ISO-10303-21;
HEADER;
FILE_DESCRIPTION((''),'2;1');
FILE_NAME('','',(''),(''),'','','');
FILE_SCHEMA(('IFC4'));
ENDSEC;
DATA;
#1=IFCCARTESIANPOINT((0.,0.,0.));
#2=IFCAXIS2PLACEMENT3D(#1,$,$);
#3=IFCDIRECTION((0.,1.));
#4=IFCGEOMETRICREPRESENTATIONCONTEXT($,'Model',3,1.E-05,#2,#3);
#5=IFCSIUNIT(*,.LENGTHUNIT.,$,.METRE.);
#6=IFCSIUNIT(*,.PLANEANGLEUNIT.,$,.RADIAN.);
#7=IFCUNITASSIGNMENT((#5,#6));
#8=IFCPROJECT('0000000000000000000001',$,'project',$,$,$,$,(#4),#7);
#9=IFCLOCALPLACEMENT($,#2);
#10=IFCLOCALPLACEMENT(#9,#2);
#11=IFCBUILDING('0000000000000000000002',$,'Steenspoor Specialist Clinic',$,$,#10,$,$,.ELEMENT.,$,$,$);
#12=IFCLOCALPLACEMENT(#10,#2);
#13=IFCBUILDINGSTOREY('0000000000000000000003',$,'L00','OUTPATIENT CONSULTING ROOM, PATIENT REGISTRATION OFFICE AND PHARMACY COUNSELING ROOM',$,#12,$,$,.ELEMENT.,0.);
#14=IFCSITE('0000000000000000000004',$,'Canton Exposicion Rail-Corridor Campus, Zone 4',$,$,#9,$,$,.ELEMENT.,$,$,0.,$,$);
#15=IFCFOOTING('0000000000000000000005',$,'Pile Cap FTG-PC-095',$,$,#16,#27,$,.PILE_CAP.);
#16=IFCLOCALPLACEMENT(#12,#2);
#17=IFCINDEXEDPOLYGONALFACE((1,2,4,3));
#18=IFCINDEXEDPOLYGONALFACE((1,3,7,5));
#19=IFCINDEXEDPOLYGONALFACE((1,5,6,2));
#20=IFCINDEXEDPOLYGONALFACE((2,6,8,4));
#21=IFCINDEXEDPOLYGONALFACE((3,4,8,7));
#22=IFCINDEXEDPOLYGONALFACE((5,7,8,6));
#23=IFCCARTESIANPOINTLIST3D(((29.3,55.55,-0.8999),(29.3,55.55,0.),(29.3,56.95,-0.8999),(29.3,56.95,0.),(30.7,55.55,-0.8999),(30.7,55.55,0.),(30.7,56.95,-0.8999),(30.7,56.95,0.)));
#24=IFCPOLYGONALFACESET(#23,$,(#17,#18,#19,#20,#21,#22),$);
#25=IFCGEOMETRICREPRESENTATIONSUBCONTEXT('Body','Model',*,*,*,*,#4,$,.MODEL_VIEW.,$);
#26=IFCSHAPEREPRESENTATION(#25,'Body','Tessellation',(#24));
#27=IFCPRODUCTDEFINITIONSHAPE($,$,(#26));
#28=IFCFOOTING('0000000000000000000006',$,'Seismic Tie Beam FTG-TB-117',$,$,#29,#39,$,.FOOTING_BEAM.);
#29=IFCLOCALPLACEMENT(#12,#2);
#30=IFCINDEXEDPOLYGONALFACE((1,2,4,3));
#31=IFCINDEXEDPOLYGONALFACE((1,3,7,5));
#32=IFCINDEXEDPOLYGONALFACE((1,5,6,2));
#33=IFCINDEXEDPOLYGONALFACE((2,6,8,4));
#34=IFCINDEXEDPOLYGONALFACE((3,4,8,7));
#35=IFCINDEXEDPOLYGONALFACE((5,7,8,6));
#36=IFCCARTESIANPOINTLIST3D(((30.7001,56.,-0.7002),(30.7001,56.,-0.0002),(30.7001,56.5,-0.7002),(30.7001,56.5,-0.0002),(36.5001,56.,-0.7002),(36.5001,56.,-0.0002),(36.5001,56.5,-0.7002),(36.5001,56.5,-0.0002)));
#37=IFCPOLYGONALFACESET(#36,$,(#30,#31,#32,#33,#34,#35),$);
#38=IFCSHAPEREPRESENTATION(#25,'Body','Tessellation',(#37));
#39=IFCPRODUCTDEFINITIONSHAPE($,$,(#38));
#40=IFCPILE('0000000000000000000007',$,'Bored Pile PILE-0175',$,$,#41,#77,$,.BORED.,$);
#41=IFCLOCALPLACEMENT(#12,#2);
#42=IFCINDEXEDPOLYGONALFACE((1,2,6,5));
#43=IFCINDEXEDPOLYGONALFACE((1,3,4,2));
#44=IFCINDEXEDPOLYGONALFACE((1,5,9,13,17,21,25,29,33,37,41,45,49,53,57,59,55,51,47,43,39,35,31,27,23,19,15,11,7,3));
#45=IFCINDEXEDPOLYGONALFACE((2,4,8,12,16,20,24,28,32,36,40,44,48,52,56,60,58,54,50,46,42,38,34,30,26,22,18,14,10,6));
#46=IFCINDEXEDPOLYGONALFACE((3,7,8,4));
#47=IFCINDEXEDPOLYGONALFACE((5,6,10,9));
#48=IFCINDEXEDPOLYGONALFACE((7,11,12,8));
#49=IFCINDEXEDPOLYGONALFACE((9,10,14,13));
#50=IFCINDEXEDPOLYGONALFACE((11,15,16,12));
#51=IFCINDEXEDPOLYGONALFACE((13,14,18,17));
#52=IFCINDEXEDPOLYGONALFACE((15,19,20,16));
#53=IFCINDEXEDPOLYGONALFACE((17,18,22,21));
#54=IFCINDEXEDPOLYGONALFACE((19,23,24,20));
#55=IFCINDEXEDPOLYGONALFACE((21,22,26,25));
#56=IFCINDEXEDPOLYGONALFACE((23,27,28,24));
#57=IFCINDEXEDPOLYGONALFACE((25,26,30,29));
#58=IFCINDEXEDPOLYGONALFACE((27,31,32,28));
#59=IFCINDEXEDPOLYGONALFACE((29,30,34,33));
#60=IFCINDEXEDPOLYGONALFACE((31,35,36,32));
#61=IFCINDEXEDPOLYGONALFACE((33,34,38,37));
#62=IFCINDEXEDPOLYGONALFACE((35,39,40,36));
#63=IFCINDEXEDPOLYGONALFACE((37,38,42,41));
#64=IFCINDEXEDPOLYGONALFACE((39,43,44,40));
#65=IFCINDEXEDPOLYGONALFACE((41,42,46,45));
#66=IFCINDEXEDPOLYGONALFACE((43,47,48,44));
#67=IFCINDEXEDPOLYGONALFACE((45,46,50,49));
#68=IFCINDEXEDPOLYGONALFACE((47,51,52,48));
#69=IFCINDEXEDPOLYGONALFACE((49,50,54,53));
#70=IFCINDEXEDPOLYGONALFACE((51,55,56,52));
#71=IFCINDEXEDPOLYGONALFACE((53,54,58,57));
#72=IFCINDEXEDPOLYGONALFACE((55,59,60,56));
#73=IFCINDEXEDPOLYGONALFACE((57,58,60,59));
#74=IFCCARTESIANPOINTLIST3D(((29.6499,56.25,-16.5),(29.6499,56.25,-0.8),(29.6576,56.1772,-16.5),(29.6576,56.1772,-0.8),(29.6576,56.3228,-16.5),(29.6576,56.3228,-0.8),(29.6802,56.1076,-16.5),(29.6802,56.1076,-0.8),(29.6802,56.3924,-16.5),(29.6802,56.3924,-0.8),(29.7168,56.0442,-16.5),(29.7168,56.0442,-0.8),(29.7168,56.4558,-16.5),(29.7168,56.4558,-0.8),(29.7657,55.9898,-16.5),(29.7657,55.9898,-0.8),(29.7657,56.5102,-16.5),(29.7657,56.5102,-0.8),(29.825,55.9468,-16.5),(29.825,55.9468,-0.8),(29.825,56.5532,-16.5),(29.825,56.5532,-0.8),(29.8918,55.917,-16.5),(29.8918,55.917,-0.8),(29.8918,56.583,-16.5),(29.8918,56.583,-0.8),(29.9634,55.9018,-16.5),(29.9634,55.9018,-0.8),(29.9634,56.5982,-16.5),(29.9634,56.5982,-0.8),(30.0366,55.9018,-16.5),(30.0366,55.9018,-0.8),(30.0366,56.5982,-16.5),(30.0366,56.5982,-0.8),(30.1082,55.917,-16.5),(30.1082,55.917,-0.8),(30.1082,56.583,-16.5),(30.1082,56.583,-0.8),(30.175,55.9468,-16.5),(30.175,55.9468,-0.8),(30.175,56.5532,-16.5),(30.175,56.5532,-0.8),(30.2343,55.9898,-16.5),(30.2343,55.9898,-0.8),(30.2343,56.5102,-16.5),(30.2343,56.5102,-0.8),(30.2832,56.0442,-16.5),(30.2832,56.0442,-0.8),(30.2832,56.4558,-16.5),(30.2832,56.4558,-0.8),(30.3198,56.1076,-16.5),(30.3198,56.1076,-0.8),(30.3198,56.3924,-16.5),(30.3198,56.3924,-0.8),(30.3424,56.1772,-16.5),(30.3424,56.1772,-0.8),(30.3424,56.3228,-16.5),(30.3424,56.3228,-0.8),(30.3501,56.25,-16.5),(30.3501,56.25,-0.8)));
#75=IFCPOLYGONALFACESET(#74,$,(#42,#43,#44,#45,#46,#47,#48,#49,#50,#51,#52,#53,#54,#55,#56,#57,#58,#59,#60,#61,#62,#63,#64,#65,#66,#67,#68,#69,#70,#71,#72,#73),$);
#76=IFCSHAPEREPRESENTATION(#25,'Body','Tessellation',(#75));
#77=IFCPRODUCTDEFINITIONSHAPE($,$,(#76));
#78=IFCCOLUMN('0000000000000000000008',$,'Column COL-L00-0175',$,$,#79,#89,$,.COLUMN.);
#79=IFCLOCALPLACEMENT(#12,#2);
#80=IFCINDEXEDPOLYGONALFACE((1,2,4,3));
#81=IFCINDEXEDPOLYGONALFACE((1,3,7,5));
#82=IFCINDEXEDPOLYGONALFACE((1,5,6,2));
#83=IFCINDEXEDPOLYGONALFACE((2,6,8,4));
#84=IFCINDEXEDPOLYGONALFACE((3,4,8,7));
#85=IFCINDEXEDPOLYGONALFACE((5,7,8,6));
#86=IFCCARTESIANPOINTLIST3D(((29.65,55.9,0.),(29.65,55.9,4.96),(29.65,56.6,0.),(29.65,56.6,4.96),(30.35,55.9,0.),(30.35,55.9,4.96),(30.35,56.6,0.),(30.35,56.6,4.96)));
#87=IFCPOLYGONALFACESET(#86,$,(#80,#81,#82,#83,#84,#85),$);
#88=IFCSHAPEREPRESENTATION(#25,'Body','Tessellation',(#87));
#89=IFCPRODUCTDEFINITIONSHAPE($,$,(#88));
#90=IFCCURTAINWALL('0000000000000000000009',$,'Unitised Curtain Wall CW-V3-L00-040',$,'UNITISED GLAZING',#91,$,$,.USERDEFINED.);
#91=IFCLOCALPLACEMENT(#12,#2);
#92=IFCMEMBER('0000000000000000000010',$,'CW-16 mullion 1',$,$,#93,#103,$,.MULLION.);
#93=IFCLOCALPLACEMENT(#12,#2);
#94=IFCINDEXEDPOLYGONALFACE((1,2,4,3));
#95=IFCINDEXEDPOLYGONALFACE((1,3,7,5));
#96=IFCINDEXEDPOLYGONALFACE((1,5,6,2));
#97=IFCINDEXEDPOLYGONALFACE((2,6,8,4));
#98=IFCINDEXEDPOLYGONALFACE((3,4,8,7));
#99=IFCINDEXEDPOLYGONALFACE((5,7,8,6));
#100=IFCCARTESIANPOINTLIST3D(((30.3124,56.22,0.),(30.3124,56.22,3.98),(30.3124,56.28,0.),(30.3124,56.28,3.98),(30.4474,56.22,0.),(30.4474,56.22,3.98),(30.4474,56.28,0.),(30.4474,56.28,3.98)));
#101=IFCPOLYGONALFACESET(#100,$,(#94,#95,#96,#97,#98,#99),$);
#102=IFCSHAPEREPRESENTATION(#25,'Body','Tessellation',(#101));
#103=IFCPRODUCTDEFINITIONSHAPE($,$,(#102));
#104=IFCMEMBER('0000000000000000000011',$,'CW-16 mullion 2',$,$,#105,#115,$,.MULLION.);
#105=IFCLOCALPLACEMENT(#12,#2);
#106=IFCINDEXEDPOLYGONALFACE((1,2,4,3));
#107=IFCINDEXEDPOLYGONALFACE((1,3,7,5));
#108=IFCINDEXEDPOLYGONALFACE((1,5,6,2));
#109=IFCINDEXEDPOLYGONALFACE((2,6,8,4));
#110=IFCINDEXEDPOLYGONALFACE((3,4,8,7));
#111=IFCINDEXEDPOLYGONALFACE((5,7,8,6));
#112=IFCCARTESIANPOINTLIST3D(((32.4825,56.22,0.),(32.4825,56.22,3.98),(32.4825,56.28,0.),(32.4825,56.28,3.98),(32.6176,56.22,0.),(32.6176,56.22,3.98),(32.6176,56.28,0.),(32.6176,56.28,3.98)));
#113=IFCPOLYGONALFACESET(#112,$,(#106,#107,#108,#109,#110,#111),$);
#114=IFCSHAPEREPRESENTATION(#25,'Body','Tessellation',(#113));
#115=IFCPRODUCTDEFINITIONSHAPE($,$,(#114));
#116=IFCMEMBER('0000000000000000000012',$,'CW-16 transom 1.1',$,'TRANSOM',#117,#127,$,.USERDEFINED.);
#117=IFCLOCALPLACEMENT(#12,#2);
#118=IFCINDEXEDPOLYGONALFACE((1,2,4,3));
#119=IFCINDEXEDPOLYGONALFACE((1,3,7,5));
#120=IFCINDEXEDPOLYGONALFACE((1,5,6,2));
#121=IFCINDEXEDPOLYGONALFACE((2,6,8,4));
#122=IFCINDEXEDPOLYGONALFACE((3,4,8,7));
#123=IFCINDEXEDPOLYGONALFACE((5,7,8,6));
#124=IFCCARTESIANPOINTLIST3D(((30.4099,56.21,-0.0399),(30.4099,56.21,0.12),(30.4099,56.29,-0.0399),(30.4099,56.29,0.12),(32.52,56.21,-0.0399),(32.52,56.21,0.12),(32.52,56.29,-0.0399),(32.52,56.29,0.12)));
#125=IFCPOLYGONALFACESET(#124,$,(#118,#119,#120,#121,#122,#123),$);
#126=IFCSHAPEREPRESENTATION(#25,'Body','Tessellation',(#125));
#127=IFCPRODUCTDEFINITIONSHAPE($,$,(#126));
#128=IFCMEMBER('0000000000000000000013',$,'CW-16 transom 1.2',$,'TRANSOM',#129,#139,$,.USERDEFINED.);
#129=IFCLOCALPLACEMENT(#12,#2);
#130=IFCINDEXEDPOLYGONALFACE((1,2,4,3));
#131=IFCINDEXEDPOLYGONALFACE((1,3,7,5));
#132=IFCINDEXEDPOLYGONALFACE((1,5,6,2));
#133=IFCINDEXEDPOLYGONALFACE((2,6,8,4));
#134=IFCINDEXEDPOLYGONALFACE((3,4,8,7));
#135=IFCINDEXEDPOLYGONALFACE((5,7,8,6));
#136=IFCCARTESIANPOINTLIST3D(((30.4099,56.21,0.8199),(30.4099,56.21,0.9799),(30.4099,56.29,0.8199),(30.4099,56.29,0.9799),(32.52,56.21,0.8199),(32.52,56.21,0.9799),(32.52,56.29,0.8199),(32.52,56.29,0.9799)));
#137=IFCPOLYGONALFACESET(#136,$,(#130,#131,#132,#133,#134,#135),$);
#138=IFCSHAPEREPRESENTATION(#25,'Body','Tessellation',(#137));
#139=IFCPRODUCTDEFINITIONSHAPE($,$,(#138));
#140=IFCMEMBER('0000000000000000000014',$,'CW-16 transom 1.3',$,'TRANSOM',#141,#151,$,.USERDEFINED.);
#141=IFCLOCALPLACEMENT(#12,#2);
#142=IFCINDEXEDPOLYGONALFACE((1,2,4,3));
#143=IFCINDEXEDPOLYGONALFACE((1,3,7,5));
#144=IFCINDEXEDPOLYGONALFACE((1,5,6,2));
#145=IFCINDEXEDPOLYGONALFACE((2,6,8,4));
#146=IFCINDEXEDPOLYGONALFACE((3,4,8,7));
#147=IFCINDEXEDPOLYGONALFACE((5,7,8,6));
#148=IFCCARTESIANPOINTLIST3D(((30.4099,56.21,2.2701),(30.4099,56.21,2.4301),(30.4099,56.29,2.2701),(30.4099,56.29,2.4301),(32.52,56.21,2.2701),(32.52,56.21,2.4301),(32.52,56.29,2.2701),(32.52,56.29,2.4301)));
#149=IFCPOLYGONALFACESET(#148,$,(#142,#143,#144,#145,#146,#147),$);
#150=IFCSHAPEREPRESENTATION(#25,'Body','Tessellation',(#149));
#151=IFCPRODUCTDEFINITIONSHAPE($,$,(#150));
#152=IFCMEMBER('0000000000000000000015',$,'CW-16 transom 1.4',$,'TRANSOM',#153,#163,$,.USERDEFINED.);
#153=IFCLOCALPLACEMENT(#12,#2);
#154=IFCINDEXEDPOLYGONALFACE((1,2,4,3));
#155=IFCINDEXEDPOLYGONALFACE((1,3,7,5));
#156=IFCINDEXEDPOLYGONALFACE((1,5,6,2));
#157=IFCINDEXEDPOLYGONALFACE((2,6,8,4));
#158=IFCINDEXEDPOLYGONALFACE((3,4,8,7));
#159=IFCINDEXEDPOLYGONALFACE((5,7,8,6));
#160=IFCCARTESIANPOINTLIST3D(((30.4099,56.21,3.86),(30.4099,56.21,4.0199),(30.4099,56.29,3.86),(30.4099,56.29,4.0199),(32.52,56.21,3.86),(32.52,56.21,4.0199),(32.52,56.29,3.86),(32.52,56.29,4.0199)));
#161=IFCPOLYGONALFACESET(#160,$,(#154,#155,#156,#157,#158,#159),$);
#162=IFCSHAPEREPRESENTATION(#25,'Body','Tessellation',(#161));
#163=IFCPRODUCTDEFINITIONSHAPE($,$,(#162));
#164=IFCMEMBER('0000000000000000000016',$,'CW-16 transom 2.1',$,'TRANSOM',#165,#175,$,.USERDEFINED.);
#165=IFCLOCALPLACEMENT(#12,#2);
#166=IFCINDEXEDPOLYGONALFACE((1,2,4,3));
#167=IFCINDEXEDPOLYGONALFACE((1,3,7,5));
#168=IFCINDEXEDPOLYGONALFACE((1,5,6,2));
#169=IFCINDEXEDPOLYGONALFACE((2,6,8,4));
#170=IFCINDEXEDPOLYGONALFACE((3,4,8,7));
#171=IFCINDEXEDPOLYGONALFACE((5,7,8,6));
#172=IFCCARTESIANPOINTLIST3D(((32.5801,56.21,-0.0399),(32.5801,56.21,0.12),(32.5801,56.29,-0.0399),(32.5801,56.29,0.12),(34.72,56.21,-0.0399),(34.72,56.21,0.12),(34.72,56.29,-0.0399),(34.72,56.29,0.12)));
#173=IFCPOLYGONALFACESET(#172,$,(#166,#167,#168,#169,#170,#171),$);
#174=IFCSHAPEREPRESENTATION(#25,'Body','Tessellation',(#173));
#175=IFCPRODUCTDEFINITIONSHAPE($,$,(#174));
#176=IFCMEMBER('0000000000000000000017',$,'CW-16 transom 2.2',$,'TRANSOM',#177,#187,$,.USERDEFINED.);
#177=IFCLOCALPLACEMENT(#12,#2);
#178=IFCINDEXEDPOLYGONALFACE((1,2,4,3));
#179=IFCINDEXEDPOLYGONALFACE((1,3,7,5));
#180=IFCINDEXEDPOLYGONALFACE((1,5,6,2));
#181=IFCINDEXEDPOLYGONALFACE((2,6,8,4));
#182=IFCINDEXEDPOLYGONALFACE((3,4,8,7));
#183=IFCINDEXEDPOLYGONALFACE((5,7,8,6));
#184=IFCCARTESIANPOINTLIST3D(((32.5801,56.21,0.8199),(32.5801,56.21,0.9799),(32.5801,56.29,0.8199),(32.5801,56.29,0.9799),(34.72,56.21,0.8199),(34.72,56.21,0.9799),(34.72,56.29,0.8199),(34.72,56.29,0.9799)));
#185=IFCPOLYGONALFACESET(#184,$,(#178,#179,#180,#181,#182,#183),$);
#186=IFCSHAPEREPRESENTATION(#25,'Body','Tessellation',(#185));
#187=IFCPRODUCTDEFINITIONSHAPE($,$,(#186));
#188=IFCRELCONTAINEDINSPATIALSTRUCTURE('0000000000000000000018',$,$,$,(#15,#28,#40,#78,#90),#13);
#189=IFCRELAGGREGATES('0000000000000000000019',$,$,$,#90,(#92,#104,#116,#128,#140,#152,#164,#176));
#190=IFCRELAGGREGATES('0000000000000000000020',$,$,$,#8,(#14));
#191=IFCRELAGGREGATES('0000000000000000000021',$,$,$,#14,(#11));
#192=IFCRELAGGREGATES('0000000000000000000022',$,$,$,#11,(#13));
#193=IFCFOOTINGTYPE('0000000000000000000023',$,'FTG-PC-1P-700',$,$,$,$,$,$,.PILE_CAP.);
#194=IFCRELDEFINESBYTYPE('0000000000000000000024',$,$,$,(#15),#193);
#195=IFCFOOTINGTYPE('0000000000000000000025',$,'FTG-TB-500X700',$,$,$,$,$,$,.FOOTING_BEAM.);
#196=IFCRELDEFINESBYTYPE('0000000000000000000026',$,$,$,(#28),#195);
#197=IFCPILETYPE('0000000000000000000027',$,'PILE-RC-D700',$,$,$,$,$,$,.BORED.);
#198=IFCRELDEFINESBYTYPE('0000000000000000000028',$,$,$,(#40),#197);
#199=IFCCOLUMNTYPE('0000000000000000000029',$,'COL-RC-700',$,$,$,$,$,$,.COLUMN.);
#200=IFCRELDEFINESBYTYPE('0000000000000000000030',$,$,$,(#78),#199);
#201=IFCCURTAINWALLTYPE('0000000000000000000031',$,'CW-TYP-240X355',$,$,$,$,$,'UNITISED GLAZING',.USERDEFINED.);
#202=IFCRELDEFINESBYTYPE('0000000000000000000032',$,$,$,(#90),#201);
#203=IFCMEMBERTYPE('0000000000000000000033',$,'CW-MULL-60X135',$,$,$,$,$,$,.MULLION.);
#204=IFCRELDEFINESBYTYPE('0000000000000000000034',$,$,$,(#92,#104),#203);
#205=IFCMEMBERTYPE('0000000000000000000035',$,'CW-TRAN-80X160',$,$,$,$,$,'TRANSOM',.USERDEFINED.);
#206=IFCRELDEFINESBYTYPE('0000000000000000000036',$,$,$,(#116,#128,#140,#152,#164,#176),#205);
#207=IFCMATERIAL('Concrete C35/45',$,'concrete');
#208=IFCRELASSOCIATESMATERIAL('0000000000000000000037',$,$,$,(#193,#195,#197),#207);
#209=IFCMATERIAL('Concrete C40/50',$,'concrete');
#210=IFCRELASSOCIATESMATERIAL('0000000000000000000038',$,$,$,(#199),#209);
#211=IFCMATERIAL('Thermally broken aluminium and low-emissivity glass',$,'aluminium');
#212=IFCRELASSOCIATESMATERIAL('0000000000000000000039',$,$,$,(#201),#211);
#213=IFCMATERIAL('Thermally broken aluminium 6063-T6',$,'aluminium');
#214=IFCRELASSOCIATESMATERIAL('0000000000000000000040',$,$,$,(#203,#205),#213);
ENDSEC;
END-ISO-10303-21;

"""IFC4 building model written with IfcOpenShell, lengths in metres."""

from ifc_helpers import new_model, si_unit, direction, frame, origin, origin_2d, place, context, subcontext, project, spatial, rectangle, circle, extrude, material, material_profile, profile_set, type_object, element, aggregate, save


model = new_model("IFC4")

# Units and contexts
model_context = context("Model", 3, precision=1e-05, world=origin(), true_north=direction((0.0, 1.0)))
body_context = subcontext(model_context, "Body", "Model", "MODEL_VIEW")
ifc_project = project(units=[si_unit("LENGTHUNIT", "METRE"), si_unit("PLANEANGLEUNIT", "RADIAN")], contexts=[model_context])

# Site, building, storey
site_placement = place(None, origin())
site = spatial("IfcSite", under=ifc_project, at=site_placement, Name="Canton Exposicion Rail-Corridor Campus, Zone 4", CompositionType="ELEMENT", RefElevation=0.0)
building_placement = place(site_placement, origin())
building = spatial("IfcBuilding", under=site, at=building_placement, Name="Steenspoor Specialist Clinic", CompositionType="ELEMENT")
storey_placement = place(building_placement, origin())
storey = spatial("IfcBuildingStorey", under=building, at=storey_placement, Name="L00", Description="OUTPATIENT CONSULTING ROOM, PATIENT REGISTRATION OFFICE AND PHARMACY COUNSELING ROOM", CompositionType="ELEMENT", Elevation=0.0)

# Footings
ifc_material_1 = material(Name="Concrete C35/45", Category="concrete")
footing_type_1 = type_object("IfcFootingType", Name="FTG-PC-1P-700", PredefinedType="PILE_CAP", material=ifc_material_1)
footing_1_placement = place(storey_placement, frame((30.0, 56.25, -0.8999), z_axis=(0.0, 0.0, 1.0), x_axis=(1.0, 0.0, 0.0)))
element("IfcFooting", 1, at=footing_1_placement, inside=storey, type_object=footing_type_1, Name="Pile Cap FTG-PC-095", PredefinedType="PILE_CAP", context=body_context, shape_type="SweptSolid", body=[
    extrude(rectangle(XDim=1.3999, YDim=1.3999, at=origin_2d()), origin(), (0.0, 0.0, 1.0), 0.8999),
])
footing_type_2 = type_object("IfcFootingType", Name="FTG-TB-500X700", PredefinedType="FOOTING_BEAM", material=ifc_material_1)
footing_2_placement = place(storey_placement, frame((33.6001, 56.25, -0.7002), z_axis=(0.0, 0.0, 1.0), x_axis=(1.0, 0.0, 0.0)))
element("IfcFooting", 2, at=footing_2_placement, inside=storey, type_object=footing_type_2, Name="Seismic Tie Beam FTG-TB-117", PredefinedType="FOOTING_BEAM", context=body_context, shape_type="SweptSolid", body=[
    extrude(rectangle(XDim=5.8, YDim=0.5, at=origin_2d()), origin(), (0.0, 0.0, 1.0), 0.7),
])

# Pile
ifc_material_profile_1 = material_profile(ifc_material_1, circle(Radius=0.3501, at=origin_2d()), Name="PILE-D700")
ifc_profile_set_1 = profile_set([ifc_material_profile_1], Name="Concrete C35/45")
pile_type = type_object("IfcPileType", Name="PILE-RC-D700", PredefinedType="BORED", material=ifc_profile_set_1)
pile_placement = place(storey_placement, frame((30.0, 56.25, -0.8), z_axis=(0.0, 0.0, -1.0), x_axis=(1.0, 0.0, 0.0)))
element("IfcPile", 3, at=pile_placement, inside=storey, type_object=pile_type, Name="Bored Pile PILE-0175", PredefinedType="BORED", context=body_context, shape_type="SweptSolid", body=[
    extrude(circle(Radius=0.3501, at=origin_2d()), origin(), (0.0, 0.0, 1.0), 15.7),
])

# Column
ifc_material_2 = material(Name="Concrete C40/50", Category="concrete")
ifc_material_profile_2 = material_profile(ifc_material_2, rectangle(XDim=0.7, YDim=0.7, at=origin_2d()), Name="RC-COL-700X700")
ifc_profile_set_2 = profile_set([ifc_material_profile_2], Name="Concrete C40/50")
column_type = type_object("IfcColumnType", Name="COL-RC-700", PredefinedType="COLUMN", material=ifc_profile_set_2)
column_placement = place(storey_placement, frame((30.0, 56.25, 0.0), z_axis=(0.0, 0.0, 1.0), x_axis=(1.0, 0.0, 0.0)))
element("IfcColumn", 4, at=column_placement, inside=storey, type_object=column_type, Name="Column COL-L00-0175", PredefinedType="COLUMN", context=body_context, shape_type="SweptSolid", body=[
    extrude(rectangle(XDim=0.7, YDim=0.7, at=origin_2d()), origin(), (0.0, 0.0, 1.0), 4.96),
])

# Curtain wall, members
ifc_material_3 = material(Name="Thermally broken aluminium and low-emissivity glass", Category="aluminium")
curtain_wall_type = type_object("IfcCurtainWallType", Name="CW-TYP-240X355", ElementType="UNITISED GLAZING", PredefinedType="USERDEFINED", material=ifc_material_3)
curtain_wall_placement = place(storey_placement, origin())
curtain_wall = element("IfcCurtainWall", 5, at=curtain_wall_placement, inside=storey, type_object=curtain_wall_type, Name="Unitised Curtain Wall CW-V3-L00-040", ObjectType="UNITISED GLAZING", PredefinedType="USERDEFINED")
ifc_material_4 = material(Name="Thermally broken aluminium 6063-T6", Category="aluminium")
ifc_material_profile_3 = material_profile(ifc_material_4, rectangle(XDim=0.0601, YDim=0.135, at=origin_2d()), Name="CWM-60X135")
ifc_profile_set_3 = profile_set([ifc_material_profile_3], Name="Thermally broken aluminium 6063-T6")
member_type_1 = type_object("IfcMemberType", Name="CW-MULL-60X135", PredefinedType="MULLION", material=ifc_profile_set_3)
member_1_placement = place(storey_placement, frame((30.3799, 56.25, 0.0), z_axis=(0.0, 0.0, 1.0), x_axis=(0.0, 1.0, 0.0)))
member_1 = element("IfcMember", 6, at=member_1_placement, type_object=member_type_1, Name="CW-16 mullion 1", PredefinedType="MULLION", context=body_context, shape_type="SweptSolid", body=[
    extrude(rectangle(XDim=0.0601, YDim=0.135, at=origin_2d()), origin(), (0.0, 0.0, 1.0), 3.98),
])
member_2_placement = place(storey_placement, frame((32.55, 56.25, 0.0), z_axis=(0.0, 0.0, 1.0), x_axis=(0.0, 1.0, 0.0)))
member_2 = element("IfcMember", 7, at=member_2_placement, type_object=member_type_1, Name="CW-16 mullion 2", PredefinedType="MULLION", context=body_context, shape_type="SweptSolid", body=[
    extrude(rectangle(XDim=0.0601, YDim=0.135, at=origin_2d()), origin(), (0.0, 0.0, 1.0), 3.98),
])
ifc_material_profile_4 = material_profile(ifc_material_4, rectangle(XDim=0.0801, YDim=0.1599, at=origin_2d()), Name="CWT-80X160")
ifc_profile_set_4 = profile_set([ifc_material_profile_4], Name="Thermally broken aluminium 6063-T6")
member_type_2 = type_object("IfcMemberType", Name="CW-TRAN-80X160", ElementType="TRANSOM", PredefinedType="USERDEFINED", material=ifc_profile_set_4)
member_3_placement = place(storey_placement, frame((30.4099, 56.25, 0.04), z_axis=(1.0, 0.0, 0.0), x_axis=(0.0, 1.0, 0.0)))
member_3 = element("IfcMember", 8, at=member_3_placement, type_object=member_type_2, Name="CW-16 transom 1.1", ObjectType="TRANSOM", PredefinedType="USERDEFINED", context=body_context, shape_type="SweptSolid", body=[
    extrude(rectangle(XDim=0.0801, YDim=0.1599, at=origin_2d()), origin(), (0.0, 0.0, 1.0), 2.1101),
])
member_4_placement = place(storey_placement, frame((30.4099, 56.25, 0.8999), z_axis=(1.0, 0.0, 0.0), x_axis=(0.0, 1.0, 0.0)))
member_4 = element("IfcMember", 9, at=member_4_placement, type_object=member_type_2, Name="CW-16 transom 1.2", ObjectType="TRANSOM", PredefinedType="USERDEFINED", context=body_context, shape_type="SweptSolid", body=[
    extrude(rectangle(XDim=0.0801, YDim=0.1599, at=origin_2d()), origin(), (0.0, 0.0, 1.0), 2.1101),
])
member_5_placement = place(storey_placement, frame((30.4099, 56.25, 2.3501), z_axis=(1.0, 0.0, 0.0), x_axis=(0.0, 1.0, 0.0)))
member_5 = element("IfcMember", 10, at=member_5_placement, type_object=member_type_2, Name="CW-16 transom 1.3", ObjectType="TRANSOM", PredefinedType="USERDEFINED", context=body_context, shape_type="SweptSolid", body=[
    extrude(rectangle(XDim=0.0801, YDim=0.1599, at=origin_2d()), origin(), (0.0, 0.0, 1.0), 2.1101),
])
member_6_placement = place(storey_placement, frame((30.4099, 56.25, 3.9399), z_axis=(1.0, 0.0, 0.0), x_axis=(0.0, 1.0, 0.0)))
member_6 = element("IfcMember", 11, at=member_6_placement, type_object=member_type_2, Name="CW-16 transom 1.4", ObjectType="TRANSOM", PredefinedType="USERDEFINED", context=body_context, shape_type="SweptSolid", body=[
    extrude(rectangle(XDim=0.0801, YDim=0.1599, at=origin_2d()), origin(), (0.0, 0.0, 1.0), 2.1101),
])
member_7_placement = place(storey_placement, frame((32.5801, 56.25, 0.04), z_axis=(1.0, 0.0, 0.0), x_axis=(0.0, 1.0, 0.0)))
member_7 = element("IfcMember", 12, at=member_7_placement, type_object=member_type_2, Name="CW-16 transom 2.1", ObjectType="TRANSOM", PredefinedType="USERDEFINED", context=body_context, shape_type="SweptSolid", body=[
    extrude(rectangle(XDim=0.0801, YDim=0.1599, at=origin_2d()), origin(), (0.0, 0.0, 1.0), 2.1399),
])
member_8_placement = place(storey_placement, frame((32.5801, 56.25, 0.8999), z_axis=(1.0, 0.0, 0.0), x_axis=(0.0, 1.0, 0.0)))
member_8 = element("IfcMember", 13, at=member_8_placement, type_object=member_type_2, Name="CW-16 transom 2.2", ObjectType="TRANSOM", PredefinedType="USERDEFINED", context=body_context, shape_type="SweptSolid", body=[
    extrude(rectangle(XDim=0.0801, YDim=0.1599, at=origin_2d()), origin(), (0.0, 0.0, 1.0), 2.1399),
])

aggregate(curtain_wall, [member_1, member_2, member_3, member_4, member_5, member_6, member_7, member_8])

save(model, "model.ifc")
